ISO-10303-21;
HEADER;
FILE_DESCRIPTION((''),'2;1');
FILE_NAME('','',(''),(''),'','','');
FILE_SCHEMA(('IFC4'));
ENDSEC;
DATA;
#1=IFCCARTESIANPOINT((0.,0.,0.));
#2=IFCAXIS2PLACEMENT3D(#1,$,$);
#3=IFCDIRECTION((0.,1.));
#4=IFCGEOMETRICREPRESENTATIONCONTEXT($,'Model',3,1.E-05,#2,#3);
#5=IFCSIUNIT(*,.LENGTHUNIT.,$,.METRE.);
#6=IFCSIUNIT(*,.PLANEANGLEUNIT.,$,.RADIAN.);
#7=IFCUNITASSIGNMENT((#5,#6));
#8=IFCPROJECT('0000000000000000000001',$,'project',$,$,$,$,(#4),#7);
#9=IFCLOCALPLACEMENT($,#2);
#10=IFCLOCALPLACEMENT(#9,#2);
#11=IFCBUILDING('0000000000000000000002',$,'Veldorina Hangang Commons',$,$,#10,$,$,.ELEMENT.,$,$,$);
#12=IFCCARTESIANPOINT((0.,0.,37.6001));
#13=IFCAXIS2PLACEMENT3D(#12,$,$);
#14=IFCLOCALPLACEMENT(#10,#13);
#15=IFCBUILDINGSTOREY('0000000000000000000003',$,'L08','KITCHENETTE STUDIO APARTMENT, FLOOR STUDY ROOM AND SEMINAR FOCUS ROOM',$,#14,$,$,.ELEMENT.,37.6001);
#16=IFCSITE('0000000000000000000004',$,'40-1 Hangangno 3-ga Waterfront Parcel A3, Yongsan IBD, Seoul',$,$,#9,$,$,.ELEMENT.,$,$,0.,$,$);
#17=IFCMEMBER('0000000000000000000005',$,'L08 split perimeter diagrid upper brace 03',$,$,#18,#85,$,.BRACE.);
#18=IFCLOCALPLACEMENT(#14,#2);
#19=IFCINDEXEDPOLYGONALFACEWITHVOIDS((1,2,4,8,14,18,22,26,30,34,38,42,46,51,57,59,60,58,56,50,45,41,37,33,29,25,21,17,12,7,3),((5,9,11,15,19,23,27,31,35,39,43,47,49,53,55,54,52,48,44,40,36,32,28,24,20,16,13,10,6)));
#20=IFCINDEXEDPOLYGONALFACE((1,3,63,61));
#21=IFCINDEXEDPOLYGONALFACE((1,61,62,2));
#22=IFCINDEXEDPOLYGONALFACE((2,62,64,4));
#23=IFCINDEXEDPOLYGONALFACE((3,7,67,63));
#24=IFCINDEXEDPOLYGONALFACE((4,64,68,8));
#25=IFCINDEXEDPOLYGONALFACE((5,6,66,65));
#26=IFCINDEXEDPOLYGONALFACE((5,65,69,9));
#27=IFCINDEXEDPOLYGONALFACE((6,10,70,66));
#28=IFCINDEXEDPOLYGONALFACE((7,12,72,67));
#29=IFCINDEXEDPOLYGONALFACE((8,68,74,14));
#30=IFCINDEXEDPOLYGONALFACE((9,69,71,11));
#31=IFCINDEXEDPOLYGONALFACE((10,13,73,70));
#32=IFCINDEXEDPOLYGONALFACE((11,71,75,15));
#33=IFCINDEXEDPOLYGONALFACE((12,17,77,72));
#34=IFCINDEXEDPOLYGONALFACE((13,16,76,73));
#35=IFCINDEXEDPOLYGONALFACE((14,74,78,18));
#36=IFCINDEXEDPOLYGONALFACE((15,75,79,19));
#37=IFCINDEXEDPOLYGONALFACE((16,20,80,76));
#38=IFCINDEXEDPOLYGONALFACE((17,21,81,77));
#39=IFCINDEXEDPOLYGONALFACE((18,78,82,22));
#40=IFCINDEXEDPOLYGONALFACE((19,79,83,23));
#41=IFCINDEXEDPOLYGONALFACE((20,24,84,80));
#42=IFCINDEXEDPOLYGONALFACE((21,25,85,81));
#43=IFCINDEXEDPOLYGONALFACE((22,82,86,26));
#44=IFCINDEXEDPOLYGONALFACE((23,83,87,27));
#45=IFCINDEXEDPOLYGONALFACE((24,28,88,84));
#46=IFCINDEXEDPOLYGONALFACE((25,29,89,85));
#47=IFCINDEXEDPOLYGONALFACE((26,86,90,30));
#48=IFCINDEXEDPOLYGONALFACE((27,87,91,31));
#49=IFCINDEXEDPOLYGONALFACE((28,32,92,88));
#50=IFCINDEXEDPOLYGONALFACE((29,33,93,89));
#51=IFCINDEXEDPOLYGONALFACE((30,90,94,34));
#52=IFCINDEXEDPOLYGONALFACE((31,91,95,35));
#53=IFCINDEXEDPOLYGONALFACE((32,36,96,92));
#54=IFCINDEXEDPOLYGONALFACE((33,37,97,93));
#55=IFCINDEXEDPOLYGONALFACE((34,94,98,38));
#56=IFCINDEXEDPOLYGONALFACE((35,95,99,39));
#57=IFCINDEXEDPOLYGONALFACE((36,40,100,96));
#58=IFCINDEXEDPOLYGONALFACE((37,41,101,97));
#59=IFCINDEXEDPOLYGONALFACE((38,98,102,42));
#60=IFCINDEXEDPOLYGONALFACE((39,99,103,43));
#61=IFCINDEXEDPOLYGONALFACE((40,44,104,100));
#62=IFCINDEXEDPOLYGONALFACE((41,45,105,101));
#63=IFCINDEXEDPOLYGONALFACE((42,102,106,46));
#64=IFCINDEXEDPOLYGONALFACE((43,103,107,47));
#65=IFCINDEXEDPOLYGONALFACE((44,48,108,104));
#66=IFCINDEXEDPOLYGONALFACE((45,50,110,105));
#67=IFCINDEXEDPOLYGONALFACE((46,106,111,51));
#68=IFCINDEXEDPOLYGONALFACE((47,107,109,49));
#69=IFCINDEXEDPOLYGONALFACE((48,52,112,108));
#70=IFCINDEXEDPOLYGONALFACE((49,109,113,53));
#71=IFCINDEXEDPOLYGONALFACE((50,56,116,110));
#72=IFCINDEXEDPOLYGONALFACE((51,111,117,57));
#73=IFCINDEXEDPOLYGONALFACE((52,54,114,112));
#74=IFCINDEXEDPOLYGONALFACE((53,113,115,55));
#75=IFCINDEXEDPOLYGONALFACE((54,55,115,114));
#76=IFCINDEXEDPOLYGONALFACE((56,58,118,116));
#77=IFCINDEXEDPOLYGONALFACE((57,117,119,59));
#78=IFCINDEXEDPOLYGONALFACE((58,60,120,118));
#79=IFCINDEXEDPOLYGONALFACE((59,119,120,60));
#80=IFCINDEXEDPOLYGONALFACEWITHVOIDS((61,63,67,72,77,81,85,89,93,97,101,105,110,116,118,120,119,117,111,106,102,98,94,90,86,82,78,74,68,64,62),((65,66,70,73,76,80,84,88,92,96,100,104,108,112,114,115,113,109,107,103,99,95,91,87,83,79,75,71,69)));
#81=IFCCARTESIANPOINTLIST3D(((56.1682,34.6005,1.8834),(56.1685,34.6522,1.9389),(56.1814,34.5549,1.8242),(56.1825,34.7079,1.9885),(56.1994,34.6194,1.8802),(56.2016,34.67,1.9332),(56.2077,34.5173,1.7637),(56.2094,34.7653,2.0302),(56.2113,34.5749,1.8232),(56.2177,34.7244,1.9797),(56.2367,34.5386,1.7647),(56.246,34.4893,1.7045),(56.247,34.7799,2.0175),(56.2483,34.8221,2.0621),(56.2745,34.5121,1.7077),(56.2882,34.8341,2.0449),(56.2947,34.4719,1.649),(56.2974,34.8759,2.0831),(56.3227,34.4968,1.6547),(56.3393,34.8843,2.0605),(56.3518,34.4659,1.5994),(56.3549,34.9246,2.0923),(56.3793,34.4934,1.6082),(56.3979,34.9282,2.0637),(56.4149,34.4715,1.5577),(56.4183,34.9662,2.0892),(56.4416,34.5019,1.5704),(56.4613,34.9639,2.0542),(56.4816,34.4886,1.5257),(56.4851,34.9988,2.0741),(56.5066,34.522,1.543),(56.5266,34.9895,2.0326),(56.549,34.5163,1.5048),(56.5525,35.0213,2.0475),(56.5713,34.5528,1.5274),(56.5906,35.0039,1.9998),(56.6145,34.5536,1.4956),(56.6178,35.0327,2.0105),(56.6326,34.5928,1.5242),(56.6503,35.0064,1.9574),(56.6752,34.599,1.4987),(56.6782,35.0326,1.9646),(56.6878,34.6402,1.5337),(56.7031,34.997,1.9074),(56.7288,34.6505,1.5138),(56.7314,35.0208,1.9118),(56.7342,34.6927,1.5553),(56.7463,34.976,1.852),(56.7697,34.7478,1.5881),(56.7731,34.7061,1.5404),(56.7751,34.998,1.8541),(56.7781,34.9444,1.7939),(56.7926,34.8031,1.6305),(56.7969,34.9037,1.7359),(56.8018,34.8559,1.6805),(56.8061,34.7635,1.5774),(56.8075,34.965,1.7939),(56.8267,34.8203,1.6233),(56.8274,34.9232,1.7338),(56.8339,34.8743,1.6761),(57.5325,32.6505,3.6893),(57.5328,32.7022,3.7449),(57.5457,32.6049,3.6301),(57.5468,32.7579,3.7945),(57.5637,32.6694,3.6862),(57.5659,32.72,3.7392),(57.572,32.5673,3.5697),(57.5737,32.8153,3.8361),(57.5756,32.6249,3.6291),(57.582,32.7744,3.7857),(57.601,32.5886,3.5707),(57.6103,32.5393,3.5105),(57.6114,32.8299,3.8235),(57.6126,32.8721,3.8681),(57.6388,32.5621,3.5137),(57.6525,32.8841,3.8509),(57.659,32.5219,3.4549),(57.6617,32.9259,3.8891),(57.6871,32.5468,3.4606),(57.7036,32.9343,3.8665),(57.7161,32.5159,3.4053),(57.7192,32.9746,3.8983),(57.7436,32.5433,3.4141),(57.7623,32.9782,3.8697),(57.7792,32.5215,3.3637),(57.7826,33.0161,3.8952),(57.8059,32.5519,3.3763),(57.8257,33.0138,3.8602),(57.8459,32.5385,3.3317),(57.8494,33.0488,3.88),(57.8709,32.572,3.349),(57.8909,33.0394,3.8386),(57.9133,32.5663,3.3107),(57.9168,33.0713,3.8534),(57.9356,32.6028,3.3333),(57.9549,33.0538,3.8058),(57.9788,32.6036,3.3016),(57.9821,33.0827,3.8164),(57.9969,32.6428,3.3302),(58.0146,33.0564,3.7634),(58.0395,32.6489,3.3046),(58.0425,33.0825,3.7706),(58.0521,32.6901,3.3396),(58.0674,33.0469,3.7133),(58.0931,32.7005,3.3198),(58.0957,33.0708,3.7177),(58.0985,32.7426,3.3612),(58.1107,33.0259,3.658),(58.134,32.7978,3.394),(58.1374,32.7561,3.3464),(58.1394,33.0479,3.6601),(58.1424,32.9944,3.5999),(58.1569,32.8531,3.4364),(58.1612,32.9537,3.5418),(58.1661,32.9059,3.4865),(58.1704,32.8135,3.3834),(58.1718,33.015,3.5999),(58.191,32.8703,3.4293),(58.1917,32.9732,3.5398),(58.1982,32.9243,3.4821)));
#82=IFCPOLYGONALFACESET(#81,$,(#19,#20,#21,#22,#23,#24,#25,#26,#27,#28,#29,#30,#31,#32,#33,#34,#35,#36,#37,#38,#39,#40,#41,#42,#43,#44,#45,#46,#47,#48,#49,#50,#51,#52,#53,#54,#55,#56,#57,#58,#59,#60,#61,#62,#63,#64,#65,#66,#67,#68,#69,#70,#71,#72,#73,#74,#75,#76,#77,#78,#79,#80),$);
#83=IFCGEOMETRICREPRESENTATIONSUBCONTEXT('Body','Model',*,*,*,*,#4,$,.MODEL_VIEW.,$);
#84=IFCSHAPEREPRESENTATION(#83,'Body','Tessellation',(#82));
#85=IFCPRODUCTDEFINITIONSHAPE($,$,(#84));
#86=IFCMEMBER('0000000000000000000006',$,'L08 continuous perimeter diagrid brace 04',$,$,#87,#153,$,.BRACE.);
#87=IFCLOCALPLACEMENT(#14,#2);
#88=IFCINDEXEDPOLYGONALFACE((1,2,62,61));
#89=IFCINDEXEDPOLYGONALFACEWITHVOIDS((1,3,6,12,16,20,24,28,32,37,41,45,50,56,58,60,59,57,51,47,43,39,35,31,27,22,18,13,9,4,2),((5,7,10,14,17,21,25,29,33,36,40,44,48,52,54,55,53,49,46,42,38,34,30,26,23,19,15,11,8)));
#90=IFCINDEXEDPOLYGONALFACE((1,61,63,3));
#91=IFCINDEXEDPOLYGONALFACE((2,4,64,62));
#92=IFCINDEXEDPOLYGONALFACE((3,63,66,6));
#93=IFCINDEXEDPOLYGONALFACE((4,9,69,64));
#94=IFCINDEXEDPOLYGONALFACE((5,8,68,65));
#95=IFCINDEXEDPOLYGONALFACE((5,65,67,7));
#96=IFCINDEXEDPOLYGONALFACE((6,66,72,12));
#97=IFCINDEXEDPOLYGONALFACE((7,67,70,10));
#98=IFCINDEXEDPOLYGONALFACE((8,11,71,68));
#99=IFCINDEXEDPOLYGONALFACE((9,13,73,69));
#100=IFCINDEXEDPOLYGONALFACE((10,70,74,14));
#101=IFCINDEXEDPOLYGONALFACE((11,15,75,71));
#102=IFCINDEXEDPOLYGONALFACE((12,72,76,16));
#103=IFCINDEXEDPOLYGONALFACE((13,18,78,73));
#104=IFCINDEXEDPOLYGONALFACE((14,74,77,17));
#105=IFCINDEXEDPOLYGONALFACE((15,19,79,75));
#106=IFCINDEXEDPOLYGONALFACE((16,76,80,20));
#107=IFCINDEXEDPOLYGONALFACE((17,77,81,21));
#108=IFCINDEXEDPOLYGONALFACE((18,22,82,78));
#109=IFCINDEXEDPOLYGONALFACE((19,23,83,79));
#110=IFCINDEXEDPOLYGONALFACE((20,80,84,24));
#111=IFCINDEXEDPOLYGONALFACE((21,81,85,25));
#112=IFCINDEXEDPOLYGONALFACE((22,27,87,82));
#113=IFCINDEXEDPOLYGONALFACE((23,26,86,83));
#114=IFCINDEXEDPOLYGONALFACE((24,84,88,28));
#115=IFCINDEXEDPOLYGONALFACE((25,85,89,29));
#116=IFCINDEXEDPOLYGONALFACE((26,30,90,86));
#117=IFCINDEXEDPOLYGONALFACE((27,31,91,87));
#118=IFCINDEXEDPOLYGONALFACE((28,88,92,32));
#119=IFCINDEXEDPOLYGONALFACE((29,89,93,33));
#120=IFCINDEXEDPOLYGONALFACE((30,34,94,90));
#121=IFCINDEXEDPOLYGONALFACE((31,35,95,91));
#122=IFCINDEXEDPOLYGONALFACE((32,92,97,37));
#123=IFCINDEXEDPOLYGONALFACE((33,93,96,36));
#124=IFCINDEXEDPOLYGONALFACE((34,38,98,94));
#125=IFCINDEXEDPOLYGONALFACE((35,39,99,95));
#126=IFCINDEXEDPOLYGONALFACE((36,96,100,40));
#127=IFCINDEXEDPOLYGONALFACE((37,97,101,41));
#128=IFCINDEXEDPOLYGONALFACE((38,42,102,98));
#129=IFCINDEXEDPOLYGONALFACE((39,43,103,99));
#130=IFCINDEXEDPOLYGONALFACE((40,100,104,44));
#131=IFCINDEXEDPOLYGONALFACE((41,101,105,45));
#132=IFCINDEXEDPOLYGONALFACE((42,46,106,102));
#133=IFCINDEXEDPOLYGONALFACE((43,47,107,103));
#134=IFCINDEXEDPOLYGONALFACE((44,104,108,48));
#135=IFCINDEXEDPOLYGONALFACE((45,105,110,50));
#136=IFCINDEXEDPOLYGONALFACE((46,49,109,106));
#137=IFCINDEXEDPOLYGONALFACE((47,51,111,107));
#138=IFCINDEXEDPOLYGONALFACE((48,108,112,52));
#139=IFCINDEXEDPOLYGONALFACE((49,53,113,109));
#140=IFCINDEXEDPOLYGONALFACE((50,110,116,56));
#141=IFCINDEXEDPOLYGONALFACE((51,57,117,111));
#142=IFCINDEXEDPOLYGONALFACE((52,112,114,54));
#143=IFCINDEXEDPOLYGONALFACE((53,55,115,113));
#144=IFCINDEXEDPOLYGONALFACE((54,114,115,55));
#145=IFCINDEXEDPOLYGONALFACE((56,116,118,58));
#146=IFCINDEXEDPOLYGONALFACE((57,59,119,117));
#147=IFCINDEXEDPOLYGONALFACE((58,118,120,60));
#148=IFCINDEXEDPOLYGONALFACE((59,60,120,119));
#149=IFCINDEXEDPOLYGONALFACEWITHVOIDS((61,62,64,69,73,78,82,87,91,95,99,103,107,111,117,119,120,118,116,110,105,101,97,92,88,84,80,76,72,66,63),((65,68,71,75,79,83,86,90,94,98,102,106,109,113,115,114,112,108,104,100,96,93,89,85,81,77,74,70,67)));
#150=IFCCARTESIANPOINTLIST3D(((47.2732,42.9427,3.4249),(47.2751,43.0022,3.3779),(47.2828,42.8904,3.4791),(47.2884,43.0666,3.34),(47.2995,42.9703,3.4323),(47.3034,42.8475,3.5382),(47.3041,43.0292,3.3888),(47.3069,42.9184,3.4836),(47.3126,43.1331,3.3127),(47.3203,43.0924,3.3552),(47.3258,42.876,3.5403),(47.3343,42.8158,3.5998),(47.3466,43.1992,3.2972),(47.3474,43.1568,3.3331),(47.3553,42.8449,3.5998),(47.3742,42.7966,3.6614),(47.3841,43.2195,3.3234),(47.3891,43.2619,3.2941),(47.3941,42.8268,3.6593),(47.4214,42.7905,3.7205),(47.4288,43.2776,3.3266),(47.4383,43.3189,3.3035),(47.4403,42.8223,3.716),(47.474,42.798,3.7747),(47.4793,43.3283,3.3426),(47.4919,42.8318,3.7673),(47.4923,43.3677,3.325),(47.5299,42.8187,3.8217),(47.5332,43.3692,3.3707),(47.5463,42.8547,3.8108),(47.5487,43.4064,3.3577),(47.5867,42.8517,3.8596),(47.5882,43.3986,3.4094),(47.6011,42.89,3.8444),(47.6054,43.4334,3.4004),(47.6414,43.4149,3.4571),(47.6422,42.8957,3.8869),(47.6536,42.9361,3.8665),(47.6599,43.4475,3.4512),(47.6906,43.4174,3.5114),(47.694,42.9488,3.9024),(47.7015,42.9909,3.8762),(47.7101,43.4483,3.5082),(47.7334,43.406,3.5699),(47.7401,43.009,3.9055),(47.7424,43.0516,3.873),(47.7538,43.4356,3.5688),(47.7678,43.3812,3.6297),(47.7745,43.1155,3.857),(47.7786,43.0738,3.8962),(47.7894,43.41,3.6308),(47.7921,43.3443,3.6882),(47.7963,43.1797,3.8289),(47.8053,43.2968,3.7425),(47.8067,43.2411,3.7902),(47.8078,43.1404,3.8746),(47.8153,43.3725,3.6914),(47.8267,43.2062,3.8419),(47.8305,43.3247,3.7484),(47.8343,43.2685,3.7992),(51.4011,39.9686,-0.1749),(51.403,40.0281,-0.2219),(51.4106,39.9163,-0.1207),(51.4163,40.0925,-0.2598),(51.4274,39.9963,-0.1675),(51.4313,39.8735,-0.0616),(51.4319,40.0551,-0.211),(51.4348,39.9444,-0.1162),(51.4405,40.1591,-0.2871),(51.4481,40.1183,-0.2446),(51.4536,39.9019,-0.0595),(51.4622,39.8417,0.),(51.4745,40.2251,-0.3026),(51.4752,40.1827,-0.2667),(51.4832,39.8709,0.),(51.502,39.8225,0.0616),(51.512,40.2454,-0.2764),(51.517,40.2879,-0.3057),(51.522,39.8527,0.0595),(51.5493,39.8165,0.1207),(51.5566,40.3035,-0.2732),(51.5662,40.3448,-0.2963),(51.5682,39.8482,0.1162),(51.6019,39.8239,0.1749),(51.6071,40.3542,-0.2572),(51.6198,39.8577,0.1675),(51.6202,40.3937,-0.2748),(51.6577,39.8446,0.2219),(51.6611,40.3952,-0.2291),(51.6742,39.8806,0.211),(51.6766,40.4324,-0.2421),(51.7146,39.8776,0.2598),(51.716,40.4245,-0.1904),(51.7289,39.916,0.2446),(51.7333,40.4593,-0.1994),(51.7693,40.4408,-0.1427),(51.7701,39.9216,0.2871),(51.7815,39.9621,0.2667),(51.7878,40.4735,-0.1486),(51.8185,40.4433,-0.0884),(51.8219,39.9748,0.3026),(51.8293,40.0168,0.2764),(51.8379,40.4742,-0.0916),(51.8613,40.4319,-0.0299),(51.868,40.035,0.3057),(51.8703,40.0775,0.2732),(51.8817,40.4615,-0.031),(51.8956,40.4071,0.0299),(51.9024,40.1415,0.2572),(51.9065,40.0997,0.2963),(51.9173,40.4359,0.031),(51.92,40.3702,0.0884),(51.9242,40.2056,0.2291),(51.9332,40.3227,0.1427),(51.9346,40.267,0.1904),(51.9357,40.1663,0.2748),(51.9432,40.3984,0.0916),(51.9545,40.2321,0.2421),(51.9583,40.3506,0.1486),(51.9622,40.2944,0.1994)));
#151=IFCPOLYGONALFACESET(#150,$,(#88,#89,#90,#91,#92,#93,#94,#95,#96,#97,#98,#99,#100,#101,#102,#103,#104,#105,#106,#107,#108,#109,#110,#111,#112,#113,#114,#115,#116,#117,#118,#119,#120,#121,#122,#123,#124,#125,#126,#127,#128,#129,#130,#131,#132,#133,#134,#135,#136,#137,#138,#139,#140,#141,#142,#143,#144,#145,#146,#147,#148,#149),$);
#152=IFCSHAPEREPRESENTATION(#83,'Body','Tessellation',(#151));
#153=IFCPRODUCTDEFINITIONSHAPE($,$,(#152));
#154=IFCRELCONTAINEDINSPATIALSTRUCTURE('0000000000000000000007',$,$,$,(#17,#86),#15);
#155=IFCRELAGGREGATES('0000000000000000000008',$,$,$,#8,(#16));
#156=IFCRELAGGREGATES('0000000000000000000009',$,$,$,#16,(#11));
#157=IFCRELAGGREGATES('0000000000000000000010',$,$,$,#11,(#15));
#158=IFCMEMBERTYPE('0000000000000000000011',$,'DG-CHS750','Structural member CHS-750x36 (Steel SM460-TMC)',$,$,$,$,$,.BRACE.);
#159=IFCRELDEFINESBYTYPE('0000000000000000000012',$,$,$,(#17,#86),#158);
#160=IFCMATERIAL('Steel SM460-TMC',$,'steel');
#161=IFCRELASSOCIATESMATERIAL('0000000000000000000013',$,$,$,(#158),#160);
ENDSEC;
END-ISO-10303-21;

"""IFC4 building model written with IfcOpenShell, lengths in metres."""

from ifc_helpers import new_model, si_unit, direction, frame, origin, origin_2d, place, context, subcontext, project, spatial, hollow_circle, extrude, material, material_profile, profile_set, type_object, element, save


model = new_model("IFC4")

# Units and contexts
model_context = context("Model", 3, precision=1e-05, world=origin(), true_north=direction((0.0, 1.0)))
body_context = subcontext(model_context, "Body", "Model", "MODEL_VIEW")
ifc_project = project(units=[si_unit("LENGTHUNIT", "METRE"), si_unit("PLANEANGLEUNIT", "RADIAN")], contexts=[model_context])

# Site, building, storey
site_placement = place(None, origin())
site = spatial("IfcSite", under=ifc_project, at=site_placement, Name="40-1 Hangangno 3-ga Waterfront Parcel A3, Yongsan IBD, Seoul", CompositionType="ELEMENT", RefElevation=0.0)
building_placement = place(site_placement, origin())
building = spatial("IfcBuilding", under=site, at=building_placement, Name="Veldorina Hangang Commons", CompositionType="ELEMENT")
storey_placement = place(building_placement, frame((0.0, 0.0, 37.6001)))
storey = spatial("IfcBuildingStorey", under=building, at=storey_placement, Name="L08", Description="KITCHENETTE STUDIO APARTMENT, FLOOR STUDY ROOM AND SEMINAR FOCUS ROOM", CompositionType="ELEMENT", Elevation=37.6001)

# Shared definitions
ifc_material_1 = material(Name="Steel SM460-TMC", Category="steel")

# Members
ifc_material_profile_1 = material_profile(ifc_material_1, hollow_circle(Radius=0.375, WallThickness=0.0359, at=origin_2d()), Name="CHS-750x36")
ifc_profile_set_1 = profile_set([ifc_material_profile_1], Name="Steel SM460-TMC")
member_type = type_object("IfcMemberType", Name="DG-CHS750", Description="Structural member CHS-750x36 (Steel SM460-TMC)", PredefinedType="BRACE", material=ifc_profile_set_1)
member_1_placement = place(storey_placement, frame((56.5002, 34.75, 1.7939), z_axis=(0.456664, -0.652716, 0.6045), x_axis=(0.819372, 0.573263, 0.0)))
element("IfcMember", 1, at=member_1_placement, inside=storey, type_object=member_type, Name="L08 split perimeter diagrid upper brace 03", PredefinedType="BRACE", context=body_context, shape_type="SweptSolid", body=[
    extrude(hollow_circle(Radius=0.375, WallThickness=0.0359, at=origin_2d()), origin(), (0.0, 0.0, 1.0), 2.9875),
])
member_2_placement = place(storey_placement, frame((51.6814, 40.146, 0.0), z_axis=(-0.662322, 0.477195, 0.577593), x_axis=(-0.584565, -0.811347, 0.0)))
element("IfcMember", 2, at=member_2_placement, inside=storey, type_object=member_type, Name="L08 continuous perimeter diagrid brace 04", PredefinedType="BRACE", context=body_context, shape_type="SweptSolid", body=[
    extrude(hollow_circle(Radius=0.375, WallThickness=0.0359, at=origin_2d()), origin(), (0.0, 0.0, 1.0), 6.2324),
])

save(model, "model.ifc")
